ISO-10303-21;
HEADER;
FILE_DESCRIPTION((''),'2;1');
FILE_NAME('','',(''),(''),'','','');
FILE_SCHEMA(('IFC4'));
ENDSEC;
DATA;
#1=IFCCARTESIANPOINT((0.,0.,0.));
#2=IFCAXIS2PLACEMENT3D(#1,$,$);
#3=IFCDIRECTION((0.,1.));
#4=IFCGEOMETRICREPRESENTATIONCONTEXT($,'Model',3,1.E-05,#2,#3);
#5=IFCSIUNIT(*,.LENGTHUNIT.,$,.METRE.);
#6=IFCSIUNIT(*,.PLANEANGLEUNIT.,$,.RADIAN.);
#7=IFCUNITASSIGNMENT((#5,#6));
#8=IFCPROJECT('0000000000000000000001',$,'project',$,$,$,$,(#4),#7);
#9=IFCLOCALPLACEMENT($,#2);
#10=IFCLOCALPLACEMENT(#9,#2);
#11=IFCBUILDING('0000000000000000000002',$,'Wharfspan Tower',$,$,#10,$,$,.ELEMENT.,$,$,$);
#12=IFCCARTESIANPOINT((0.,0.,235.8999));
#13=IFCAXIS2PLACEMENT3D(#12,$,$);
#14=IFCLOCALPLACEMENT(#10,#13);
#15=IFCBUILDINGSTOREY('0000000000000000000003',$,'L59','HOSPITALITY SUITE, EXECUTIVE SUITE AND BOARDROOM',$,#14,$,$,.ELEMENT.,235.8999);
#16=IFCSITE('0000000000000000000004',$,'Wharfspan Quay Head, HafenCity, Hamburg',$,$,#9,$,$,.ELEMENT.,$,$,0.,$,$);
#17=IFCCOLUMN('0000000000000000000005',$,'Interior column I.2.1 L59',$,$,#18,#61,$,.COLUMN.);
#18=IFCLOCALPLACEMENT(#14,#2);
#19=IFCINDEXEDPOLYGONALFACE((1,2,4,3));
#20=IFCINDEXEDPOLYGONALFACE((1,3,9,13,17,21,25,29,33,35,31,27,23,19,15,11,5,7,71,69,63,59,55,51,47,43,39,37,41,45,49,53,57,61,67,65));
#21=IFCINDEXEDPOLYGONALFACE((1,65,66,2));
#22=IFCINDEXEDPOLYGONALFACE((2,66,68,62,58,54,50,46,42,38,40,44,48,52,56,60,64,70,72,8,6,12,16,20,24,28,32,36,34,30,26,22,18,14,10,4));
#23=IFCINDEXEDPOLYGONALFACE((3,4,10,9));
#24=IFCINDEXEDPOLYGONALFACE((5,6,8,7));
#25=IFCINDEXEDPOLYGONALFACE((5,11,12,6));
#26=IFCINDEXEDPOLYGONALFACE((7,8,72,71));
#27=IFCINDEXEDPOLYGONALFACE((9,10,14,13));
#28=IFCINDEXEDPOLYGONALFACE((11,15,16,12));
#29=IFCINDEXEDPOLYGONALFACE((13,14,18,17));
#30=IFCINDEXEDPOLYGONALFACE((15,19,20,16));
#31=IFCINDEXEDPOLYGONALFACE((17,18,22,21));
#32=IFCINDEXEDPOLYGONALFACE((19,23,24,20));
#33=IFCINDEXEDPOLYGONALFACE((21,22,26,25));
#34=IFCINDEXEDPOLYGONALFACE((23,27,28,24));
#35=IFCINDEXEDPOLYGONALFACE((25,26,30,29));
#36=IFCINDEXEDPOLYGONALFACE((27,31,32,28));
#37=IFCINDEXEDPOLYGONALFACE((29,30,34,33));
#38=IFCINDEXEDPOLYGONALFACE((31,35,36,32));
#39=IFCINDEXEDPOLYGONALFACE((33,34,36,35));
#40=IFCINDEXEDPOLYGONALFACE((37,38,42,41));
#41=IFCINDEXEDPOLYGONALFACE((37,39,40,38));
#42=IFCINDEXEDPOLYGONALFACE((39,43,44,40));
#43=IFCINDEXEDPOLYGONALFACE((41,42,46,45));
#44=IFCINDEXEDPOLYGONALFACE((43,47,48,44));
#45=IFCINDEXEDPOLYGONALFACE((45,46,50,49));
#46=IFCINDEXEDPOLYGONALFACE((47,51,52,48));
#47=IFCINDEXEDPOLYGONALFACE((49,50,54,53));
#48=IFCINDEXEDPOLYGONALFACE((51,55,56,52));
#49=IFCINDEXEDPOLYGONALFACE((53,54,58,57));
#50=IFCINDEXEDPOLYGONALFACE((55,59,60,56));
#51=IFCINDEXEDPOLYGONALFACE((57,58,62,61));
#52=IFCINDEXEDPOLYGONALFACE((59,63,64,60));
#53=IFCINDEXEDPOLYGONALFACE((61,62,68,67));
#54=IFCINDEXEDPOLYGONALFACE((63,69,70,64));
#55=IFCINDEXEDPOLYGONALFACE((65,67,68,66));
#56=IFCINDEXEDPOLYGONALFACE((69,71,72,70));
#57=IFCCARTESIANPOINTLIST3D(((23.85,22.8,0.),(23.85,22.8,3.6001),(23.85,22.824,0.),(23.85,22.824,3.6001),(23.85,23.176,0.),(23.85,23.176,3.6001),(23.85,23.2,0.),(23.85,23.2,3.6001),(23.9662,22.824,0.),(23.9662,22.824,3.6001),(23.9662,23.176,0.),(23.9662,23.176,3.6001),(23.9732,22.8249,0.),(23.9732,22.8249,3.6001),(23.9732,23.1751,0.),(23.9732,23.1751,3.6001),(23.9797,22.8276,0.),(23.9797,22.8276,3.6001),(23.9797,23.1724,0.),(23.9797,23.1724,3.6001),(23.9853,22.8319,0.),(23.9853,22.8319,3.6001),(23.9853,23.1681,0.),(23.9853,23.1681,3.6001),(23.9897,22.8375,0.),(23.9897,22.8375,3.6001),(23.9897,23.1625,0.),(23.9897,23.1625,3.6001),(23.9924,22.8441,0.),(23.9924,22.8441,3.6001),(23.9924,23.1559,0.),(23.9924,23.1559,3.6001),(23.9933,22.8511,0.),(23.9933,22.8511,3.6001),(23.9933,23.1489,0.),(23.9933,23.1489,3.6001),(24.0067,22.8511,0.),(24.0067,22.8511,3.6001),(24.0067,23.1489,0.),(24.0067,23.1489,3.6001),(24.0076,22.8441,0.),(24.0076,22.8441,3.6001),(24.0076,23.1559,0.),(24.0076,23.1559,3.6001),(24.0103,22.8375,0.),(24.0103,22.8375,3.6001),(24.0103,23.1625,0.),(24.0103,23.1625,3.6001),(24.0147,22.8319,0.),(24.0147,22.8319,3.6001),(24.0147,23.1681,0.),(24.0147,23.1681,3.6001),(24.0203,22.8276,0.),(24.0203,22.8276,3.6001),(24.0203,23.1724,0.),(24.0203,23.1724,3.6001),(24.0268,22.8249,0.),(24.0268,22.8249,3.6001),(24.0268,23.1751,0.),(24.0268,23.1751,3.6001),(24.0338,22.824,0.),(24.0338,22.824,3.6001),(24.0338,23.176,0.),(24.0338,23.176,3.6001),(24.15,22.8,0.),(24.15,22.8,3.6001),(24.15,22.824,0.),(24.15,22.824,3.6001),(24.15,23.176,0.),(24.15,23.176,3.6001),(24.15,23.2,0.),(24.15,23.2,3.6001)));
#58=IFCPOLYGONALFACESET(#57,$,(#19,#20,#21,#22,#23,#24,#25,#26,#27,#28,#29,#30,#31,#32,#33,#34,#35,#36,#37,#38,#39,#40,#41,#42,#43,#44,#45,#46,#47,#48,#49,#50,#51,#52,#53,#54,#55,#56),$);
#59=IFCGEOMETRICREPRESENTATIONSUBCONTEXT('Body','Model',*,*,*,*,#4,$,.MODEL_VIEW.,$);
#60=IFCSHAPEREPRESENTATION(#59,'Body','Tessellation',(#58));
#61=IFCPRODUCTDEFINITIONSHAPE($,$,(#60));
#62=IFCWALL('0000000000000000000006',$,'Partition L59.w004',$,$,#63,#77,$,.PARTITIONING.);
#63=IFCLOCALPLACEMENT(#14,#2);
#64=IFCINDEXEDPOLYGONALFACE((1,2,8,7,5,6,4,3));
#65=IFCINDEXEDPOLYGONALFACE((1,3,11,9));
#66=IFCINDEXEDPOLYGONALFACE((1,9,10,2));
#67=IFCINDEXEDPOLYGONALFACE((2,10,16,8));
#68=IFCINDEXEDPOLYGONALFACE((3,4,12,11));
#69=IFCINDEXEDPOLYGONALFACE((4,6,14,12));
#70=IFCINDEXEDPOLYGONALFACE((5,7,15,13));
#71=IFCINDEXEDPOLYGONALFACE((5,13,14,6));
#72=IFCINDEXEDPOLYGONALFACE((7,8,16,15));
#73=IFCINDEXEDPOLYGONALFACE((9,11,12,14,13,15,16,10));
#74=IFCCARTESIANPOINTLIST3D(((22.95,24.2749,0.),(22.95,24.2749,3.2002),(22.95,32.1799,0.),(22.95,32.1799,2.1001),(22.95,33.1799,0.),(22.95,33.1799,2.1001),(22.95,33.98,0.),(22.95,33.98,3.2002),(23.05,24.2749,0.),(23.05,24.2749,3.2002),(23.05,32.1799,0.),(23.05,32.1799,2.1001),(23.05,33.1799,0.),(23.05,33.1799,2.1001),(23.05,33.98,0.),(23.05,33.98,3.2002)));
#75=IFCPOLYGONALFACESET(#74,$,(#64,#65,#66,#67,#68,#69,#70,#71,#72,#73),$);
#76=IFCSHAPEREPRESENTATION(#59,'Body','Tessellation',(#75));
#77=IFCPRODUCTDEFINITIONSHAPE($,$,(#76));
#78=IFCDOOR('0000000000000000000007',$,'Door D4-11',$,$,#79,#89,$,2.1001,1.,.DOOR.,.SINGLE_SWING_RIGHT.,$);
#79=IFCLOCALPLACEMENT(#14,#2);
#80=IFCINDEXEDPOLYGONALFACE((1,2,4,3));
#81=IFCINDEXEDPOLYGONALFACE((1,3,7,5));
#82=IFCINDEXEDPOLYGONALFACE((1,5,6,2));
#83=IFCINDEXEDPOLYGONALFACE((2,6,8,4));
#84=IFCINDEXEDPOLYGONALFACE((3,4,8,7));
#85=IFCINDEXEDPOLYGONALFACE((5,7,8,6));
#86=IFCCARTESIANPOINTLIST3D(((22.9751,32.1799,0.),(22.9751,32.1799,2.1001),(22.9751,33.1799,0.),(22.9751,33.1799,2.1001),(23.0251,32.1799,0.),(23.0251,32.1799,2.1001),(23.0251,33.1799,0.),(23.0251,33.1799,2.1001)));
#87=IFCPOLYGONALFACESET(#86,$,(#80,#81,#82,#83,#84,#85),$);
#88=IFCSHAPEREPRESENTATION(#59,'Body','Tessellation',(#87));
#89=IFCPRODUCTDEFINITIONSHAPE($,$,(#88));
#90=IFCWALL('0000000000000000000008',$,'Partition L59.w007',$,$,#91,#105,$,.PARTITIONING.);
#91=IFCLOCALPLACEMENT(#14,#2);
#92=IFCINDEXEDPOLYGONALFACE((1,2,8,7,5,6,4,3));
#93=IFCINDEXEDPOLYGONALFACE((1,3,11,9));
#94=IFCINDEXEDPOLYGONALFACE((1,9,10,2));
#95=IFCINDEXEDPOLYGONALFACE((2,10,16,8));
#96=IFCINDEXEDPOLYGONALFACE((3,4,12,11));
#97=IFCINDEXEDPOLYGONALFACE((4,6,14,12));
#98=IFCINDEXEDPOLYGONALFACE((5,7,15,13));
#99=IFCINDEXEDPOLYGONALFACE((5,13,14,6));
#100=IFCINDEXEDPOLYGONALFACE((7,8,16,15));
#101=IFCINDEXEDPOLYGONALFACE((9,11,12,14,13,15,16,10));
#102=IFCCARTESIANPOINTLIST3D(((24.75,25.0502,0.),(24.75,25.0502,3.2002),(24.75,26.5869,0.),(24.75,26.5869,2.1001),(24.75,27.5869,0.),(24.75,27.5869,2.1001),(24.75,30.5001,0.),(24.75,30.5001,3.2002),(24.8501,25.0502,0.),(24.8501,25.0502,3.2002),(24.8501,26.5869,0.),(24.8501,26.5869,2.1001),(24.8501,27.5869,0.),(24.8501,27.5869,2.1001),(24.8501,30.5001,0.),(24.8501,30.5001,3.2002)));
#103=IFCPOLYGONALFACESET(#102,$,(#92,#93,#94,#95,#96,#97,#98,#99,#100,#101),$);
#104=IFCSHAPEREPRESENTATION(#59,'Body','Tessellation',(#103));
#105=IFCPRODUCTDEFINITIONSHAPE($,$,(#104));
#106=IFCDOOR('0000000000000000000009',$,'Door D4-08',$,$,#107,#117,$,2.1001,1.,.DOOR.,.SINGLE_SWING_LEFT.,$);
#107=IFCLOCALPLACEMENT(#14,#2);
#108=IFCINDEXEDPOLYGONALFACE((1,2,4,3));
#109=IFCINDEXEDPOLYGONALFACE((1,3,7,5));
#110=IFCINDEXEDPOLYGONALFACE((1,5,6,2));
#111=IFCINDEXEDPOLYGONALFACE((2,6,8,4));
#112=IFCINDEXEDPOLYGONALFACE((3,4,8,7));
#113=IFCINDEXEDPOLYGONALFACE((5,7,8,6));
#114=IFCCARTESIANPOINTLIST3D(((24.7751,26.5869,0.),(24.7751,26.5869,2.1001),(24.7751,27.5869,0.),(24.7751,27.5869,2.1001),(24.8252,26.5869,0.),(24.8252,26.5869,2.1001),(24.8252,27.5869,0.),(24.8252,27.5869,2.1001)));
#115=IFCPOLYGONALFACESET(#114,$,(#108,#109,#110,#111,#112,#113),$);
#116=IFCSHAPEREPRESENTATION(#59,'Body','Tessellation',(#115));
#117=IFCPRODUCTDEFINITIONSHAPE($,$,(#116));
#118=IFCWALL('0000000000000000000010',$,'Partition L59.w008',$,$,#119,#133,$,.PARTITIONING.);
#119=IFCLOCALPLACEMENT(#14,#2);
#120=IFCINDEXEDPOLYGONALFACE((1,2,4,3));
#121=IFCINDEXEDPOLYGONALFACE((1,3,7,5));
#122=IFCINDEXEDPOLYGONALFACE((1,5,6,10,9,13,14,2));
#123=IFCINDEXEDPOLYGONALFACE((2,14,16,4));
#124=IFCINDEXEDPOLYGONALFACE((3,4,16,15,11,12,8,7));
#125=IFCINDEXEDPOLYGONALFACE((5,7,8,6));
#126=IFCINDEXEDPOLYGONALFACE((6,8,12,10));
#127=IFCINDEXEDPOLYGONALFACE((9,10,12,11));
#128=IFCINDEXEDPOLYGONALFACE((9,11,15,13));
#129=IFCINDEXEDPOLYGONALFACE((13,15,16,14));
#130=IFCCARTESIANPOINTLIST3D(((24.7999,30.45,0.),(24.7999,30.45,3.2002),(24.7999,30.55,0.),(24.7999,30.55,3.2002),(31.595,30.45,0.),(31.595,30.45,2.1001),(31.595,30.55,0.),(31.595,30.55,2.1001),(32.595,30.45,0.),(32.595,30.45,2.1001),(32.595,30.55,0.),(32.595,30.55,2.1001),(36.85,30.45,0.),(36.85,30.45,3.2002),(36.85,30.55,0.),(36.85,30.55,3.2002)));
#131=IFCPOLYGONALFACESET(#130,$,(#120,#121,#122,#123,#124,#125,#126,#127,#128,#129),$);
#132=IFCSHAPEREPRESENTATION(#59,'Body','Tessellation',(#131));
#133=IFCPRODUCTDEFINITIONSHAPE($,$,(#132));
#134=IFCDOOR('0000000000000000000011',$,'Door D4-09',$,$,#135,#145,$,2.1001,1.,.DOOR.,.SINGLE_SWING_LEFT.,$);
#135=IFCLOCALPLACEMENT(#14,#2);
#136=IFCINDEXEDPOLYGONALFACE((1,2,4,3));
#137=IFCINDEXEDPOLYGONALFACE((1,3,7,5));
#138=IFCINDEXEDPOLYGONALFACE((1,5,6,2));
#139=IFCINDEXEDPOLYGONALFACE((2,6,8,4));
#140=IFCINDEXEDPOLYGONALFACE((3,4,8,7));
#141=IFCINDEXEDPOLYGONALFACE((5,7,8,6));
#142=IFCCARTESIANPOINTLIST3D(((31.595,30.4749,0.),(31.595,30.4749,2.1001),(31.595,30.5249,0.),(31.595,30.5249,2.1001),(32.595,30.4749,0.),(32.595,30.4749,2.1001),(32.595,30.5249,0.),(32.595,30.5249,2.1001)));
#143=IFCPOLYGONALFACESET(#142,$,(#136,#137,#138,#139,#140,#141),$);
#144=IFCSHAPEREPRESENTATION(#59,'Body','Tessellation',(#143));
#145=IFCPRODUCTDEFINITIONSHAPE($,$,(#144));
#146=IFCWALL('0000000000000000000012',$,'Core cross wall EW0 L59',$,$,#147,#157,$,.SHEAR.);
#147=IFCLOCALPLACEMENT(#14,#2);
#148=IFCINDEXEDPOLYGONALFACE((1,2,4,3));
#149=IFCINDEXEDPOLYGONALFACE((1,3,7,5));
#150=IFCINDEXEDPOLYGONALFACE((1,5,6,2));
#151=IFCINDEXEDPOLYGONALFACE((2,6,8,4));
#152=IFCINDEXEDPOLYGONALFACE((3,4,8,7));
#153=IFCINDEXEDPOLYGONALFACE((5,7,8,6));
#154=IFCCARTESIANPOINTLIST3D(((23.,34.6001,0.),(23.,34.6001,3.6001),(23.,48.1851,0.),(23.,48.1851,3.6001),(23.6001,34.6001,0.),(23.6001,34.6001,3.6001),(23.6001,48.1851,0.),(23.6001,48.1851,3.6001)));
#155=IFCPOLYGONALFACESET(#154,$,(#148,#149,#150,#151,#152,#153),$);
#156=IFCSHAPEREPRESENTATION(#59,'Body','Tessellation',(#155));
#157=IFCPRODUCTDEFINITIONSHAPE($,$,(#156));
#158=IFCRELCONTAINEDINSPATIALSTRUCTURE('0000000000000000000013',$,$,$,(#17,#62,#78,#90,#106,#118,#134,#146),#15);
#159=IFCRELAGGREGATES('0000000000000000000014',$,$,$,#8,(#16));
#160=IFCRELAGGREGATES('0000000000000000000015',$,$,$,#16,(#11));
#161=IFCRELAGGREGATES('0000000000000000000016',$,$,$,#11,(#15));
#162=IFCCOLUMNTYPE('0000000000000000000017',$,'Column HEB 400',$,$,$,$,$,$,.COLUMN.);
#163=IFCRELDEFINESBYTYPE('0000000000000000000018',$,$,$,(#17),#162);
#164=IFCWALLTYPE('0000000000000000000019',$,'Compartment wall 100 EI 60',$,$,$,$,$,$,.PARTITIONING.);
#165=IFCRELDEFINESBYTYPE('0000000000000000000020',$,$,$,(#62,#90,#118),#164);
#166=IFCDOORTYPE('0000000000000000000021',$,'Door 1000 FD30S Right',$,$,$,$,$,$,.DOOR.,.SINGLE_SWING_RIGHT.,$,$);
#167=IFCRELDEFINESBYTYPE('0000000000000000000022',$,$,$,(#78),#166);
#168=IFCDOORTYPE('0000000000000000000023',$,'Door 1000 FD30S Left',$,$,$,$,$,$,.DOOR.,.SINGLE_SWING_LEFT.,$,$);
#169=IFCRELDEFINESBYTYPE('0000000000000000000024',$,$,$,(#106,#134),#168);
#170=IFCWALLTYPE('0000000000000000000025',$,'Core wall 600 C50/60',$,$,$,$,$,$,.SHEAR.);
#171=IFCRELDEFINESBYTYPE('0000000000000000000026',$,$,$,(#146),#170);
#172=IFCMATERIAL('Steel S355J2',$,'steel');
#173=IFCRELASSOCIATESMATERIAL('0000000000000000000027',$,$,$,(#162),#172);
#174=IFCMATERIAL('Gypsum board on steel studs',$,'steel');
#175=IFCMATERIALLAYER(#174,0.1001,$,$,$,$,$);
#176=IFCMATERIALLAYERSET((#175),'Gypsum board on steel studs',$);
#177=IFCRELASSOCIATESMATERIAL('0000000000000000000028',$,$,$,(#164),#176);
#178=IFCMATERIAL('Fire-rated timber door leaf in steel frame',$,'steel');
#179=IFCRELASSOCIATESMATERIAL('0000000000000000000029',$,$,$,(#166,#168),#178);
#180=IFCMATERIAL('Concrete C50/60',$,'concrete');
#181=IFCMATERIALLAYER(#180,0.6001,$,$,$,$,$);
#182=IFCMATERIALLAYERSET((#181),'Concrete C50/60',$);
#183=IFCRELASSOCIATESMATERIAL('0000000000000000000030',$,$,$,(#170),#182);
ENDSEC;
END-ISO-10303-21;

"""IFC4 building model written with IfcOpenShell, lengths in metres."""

from ifc_helpers import new_model, si_unit, direction, frame, frame_2d, origin, origin_2d, place, context, subcontext, project, spatial, rectangle, i_section, extrude, material, layer, layer_set, material_profile, profile_set, type_object, element, fill, save


model = new_model("IFC4")

# Units and contexts
model_context = context("Model", 3, precision=1e-05, world=origin(), true_north=direction((0.0, 1.0)))
body_context = subcontext(model_context, "Body", "Model", "MODEL_VIEW")
ifc_project = project(units=[si_unit("LENGTHUNIT", "METRE"), si_unit("PLANEANGLEUNIT", "RADIAN")], contexts=[model_context])

# Site, building, storey
site_placement = place(None, origin())
site = spatial("IfcSite", under=ifc_project, at=site_placement, Name="Wharfspan Quay Head, HafenCity, Hamburg", CompositionType="ELEMENT", RefElevation=0.0)
building_placement = place(site_placement, origin())
building = spatial("IfcBuilding", under=site, at=building_placement, Name="Wharfspan Tower", CompositionType="ELEMENT")
storey_placement = place(building_placement, frame((0.0, 0.0, 235.8999)))
storey = spatial("IfcBuildingStorey", under=building, at=storey_placement, Name="L59", Description="HOSPITALITY SUITE, EXECUTIVE SUITE AND BOARDROOM", CompositionType="ELEMENT", Elevation=235.8999)

# Column
ifc_material_1 = material(Name="Steel S355J2", Category="steel")
ifc_material_profile = material_profile(ifc_material_1, i_section(OverallWidth=0.3, OverallDepth=0.3999, WebThickness=0.0134, FlangeThickness=0.0239, FilletRadius=0.0271, at=origin_2d()))
ifc_profile_set = profile_set([ifc_material_profile], Name="Steel S355J2")
column_type = type_object("IfcColumnType", Name="Column HEB 400", PredefinedType="COLUMN", material=ifc_profile_set)
column_placement = place(storey_placement, frame((24.0, 23.0, 0.0), z_axis=(0.0, 0.0, 1.0), x_axis=(1.0, 0.0, 0.0)))
element("IfcColumn", 1, at=column_placement, inside=storey, type_object=column_type, Name="Interior column I.2.1 L59", PredefinedType="COLUMN", context=body_context, shape_type="SweptSolid", body=[
    extrude(i_section(OverallWidth=0.3, OverallDepth=0.3999, WebThickness=0.0134, FlangeThickness=0.0239, FilletRadius=0.0271, at=origin_2d()), origin(), (0.0, 0.0, 1.0), 3.6001),
])

# Walls, openings, doors
ifc_material_2 = material(Name="Gypsum board on steel studs", Category="steel")
ifc_layer_1 = layer(ifc_material_2, 0.1001)
ifc_layer_set_1 = layer_set([ifc_layer_1], Name="Gypsum board on steel studs")
wall_type_1 = type_object("IfcWallType", Name="Compartment wall 100 EI 60", PredefinedType="PARTITIONING", material=ifc_layer_set_1)
wall_1_placement = place(storey_placement, frame((23.0, 24.2749, 0.0), z_axis=(0.0, 0.0, 1.0), x_axis=(0.0, 1.0, 0.0)))
wall_1 = element("IfcWall", 2, at=wall_1_placement, inside=storey, type_object=wall_type_1, Name="Partition L59.w004", PredefinedType="PARTITIONING", context=body_context, shape_type="SweptSolid", body=[
    extrude(rectangle(XDim=9.7051, YDim=0.1001, at=frame_2d((4.8525, 0.0))), origin(), (0.0, 0.0, 1.0), 3.2002),
])
opening_1_placement = place(wall_1_placement, frame((7.905, 0.0, 0.0)))
opening_1 = element("IfcOpeningElement", 3, at=opening_1_placement, cuts=wall_1, PredefinedType="OPENING", context=body_context, shape_type="SweptSolid", body=[
    extrude(rectangle(XDim=1.0, YDim=2.1001, at=frame_2d((0.5, 1.05))), frame((0.0, 0.0601, 0.0), z_axis=(0.0, -1.0, 0.0), x_axis=(1.0, 0.0, 0.0)), (0.0, 0.0, 1.0), 0.1201),
])
ifc_material_3 = material(Name="Fire-rated timber door leaf in steel frame", Category="steel")
door_type_1 = type_object("IfcDoorType", Name="Door 1000 FD30S Right", OperationType="SINGLE_SWING_RIGHT", PredefinedType="DOOR", material=ifc_material_3)
door_1_placement = place(opening_1_placement, origin())
door_1 = element("IfcDoor", 4, at=door_1_placement, inside=storey, type_object=door_type_1, Name="Door D4-11", OperationType="SINGLE_SWING_RIGHT", OverallHeight=2.1001, OverallWidth=1.0, PredefinedType="DOOR", context=body_context, shape_type="SweptSolid", body=[
    extrude(rectangle(XDim=1.0, YDim=2.1001, at=frame_2d((0.5, 1.05))), frame((0.0, 0.0249, 0.0), z_axis=(0.0, -1.0, 0.0), x_axis=(1.0, 0.0, 0.0)), (0.0, 0.0, 1.0), 0.05),
])
fill(opening_1, door_1)
wall_2_placement = place(storey_placement, frame((24.8, 25.05, 0.0), z_axis=(0.0, 0.0, 1.0), x_axis=(0.0, 1.0, 0.0)))
wall_2 = element("IfcWall", 5, at=wall_2_placement, inside=storey, type_object=wall_type_1, Name="Partition L59.w007", PredefinedType="PARTITIONING", context=body_context, shape_type="SweptSolid", body=[
    extrude(rectangle(XDim=5.45, YDim=0.1001, at=frame_2d((2.7251, 0.0))), origin(), (0.0, 0.0, 1.0), 3.2002),
])
opening_2_placement = place(wall_2_placement, frame((1.5369, 0.0, 0.0)))
opening_2 = element("IfcOpeningElement", 6, at=opening_2_placement, cuts=wall_2, PredefinedType="OPENING", context=body_context, shape_type="SweptSolid", body=[
    extrude(rectangle(XDim=1.0, YDim=2.1001, at=frame_2d((0.5, 1.05))), frame((0.0, 0.0601, 0.0), z_axis=(0.0, -1.0, 0.0), x_axis=(1.0, 0.0, 0.0)), (0.0, 0.0, 1.0), 0.1201),
])
door_type_2 = type_object("IfcDoorType", Name="Door 1000 FD30S Left", OperationType="SINGLE_SWING_LEFT", PredefinedType="DOOR", material=ifc_material_3)
door_2_placement = place(opening_2_placement, origin())
door_2 = element("IfcDoor", 7, at=door_2_placement, inside=storey, type_object=door_type_2, Name="Door D4-08", OperationType="SINGLE_SWING_LEFT", OverallHeight=2.1001, OverallWidth=1.0, PredefinedType="DOOR", context=body_context, shape_type="SweptSolid", body=[
    extrude(rectangle(XDim=1.0, YDim=2.1001, at=frame_2d((0.5, 1.05))), frame((0.0, 0.0249, 0.0), z_axis=(0.0, -1.0, 0.0), x_axis=(1.0, 0.0, 0.0)), (0.0, 0.0, 1.0), 0.05),
])
fill(opening_2, door_2)
wall_3_placement = place(storey_placement, frame((24.8, 30.5, 0.0), z_axis=(0.0, 0.0, 1.0), x_axis=(1.0, 0.0, 0.0)))
wall_3 = element("IfcWall", 8, at=wall_3_placement, inside=storey, type_object=wall_type_1, Name="Partition L59.w008", PredefinedType="PARTITIONING", context=body_context, shape_type="SweptSolid", body=[
    extrude(rectangle(XDim=12.05, YDim=0.1001, at=frame_2d((6.0249, 0.0))), origin(), (0.0, 0.0, 1.0), 3.2002),
])
opening_3_placement = place(wall_3_placement, frame((6.7949, 0.0, 0.0)))
opening_3 = element("IfcOpeningElement", 9, at=opening_3_placement, cuts=wall_3, PredefinedType="OPENING", context=body_context, shape_type="SweptSolid", body=[
    extrude(rectangle(XDim=1.0, YDim=2.1001, at=frame_2d((0.5, 1.05))), frame((0.0, 0.0601, 0.0), z_axis=(0.0, -1.0, 0.0), x_axis=(1.0, 0.0, 0.0)), (0.0, 0.0, 1.0), 0.1201),
])
door_3_placement = place(opening_3_placement, origin())
door_3 = element("IfcDoor", 10, at=door_3_placement, inside=storey, type_object=door_type_2, Name="Door D4-09", OperationType="SINGLE_SWING_LEFT", OverallHeight=2.1001, OverallWidth=1.0, PredefinedType="DOOR", context=body_context, shape_type="SweptSolid", body=[
    extrude(rectangle(XDim=1.0, YDim=2.1001, at=frame_2d((0.5, 1.05))), frame((0.0, 0.0249, 0.0), z_axis=(0.0, -1.0, 0.0), x_axis=(1.0, 0.0, 0.0)), (0.0, 0.0, 1.0), 0.05),
])
fill(opening_3, door_3)

# Shared definitions
ifc_material_4 = material(Name="Concrete C50/60", Category="concrete")
ifc_layer_2 = layer(ifc_material_4, 0.6001)
ifc_layer_set_2 = layer_set([ifc_layer_2], Name="Concrete C50/60")
wall_type_2 = type_object("IfcWallType", Name="Core wall 600 C50/60", PredefinedType="SHEAR", material=ifc_layer_set_2)

# Wall
wall_4_placement = place(storey_placement, frame((23.3, 34.6001, 0.0), z_axis=(0.0, 0.0, 1.0), x_axis=(0.0, 1.0, 0.0)))
element("IfcWall", 11, at=wall_4_placement, inside=storey, type_object=wall_type_2, Name="Core cross wall EW0 L59", PredefinedType="SHEAR", context=body_context, shape_type="SweptSolid", body=[
    extrude(rectangle(XDim=13.585, YDim=0.6001, at=frame_2d((6.7925, 0.0))), origin(), (0.0, 0.0, 1.0), 3.6001),
])

save(model, "model.ifc")
